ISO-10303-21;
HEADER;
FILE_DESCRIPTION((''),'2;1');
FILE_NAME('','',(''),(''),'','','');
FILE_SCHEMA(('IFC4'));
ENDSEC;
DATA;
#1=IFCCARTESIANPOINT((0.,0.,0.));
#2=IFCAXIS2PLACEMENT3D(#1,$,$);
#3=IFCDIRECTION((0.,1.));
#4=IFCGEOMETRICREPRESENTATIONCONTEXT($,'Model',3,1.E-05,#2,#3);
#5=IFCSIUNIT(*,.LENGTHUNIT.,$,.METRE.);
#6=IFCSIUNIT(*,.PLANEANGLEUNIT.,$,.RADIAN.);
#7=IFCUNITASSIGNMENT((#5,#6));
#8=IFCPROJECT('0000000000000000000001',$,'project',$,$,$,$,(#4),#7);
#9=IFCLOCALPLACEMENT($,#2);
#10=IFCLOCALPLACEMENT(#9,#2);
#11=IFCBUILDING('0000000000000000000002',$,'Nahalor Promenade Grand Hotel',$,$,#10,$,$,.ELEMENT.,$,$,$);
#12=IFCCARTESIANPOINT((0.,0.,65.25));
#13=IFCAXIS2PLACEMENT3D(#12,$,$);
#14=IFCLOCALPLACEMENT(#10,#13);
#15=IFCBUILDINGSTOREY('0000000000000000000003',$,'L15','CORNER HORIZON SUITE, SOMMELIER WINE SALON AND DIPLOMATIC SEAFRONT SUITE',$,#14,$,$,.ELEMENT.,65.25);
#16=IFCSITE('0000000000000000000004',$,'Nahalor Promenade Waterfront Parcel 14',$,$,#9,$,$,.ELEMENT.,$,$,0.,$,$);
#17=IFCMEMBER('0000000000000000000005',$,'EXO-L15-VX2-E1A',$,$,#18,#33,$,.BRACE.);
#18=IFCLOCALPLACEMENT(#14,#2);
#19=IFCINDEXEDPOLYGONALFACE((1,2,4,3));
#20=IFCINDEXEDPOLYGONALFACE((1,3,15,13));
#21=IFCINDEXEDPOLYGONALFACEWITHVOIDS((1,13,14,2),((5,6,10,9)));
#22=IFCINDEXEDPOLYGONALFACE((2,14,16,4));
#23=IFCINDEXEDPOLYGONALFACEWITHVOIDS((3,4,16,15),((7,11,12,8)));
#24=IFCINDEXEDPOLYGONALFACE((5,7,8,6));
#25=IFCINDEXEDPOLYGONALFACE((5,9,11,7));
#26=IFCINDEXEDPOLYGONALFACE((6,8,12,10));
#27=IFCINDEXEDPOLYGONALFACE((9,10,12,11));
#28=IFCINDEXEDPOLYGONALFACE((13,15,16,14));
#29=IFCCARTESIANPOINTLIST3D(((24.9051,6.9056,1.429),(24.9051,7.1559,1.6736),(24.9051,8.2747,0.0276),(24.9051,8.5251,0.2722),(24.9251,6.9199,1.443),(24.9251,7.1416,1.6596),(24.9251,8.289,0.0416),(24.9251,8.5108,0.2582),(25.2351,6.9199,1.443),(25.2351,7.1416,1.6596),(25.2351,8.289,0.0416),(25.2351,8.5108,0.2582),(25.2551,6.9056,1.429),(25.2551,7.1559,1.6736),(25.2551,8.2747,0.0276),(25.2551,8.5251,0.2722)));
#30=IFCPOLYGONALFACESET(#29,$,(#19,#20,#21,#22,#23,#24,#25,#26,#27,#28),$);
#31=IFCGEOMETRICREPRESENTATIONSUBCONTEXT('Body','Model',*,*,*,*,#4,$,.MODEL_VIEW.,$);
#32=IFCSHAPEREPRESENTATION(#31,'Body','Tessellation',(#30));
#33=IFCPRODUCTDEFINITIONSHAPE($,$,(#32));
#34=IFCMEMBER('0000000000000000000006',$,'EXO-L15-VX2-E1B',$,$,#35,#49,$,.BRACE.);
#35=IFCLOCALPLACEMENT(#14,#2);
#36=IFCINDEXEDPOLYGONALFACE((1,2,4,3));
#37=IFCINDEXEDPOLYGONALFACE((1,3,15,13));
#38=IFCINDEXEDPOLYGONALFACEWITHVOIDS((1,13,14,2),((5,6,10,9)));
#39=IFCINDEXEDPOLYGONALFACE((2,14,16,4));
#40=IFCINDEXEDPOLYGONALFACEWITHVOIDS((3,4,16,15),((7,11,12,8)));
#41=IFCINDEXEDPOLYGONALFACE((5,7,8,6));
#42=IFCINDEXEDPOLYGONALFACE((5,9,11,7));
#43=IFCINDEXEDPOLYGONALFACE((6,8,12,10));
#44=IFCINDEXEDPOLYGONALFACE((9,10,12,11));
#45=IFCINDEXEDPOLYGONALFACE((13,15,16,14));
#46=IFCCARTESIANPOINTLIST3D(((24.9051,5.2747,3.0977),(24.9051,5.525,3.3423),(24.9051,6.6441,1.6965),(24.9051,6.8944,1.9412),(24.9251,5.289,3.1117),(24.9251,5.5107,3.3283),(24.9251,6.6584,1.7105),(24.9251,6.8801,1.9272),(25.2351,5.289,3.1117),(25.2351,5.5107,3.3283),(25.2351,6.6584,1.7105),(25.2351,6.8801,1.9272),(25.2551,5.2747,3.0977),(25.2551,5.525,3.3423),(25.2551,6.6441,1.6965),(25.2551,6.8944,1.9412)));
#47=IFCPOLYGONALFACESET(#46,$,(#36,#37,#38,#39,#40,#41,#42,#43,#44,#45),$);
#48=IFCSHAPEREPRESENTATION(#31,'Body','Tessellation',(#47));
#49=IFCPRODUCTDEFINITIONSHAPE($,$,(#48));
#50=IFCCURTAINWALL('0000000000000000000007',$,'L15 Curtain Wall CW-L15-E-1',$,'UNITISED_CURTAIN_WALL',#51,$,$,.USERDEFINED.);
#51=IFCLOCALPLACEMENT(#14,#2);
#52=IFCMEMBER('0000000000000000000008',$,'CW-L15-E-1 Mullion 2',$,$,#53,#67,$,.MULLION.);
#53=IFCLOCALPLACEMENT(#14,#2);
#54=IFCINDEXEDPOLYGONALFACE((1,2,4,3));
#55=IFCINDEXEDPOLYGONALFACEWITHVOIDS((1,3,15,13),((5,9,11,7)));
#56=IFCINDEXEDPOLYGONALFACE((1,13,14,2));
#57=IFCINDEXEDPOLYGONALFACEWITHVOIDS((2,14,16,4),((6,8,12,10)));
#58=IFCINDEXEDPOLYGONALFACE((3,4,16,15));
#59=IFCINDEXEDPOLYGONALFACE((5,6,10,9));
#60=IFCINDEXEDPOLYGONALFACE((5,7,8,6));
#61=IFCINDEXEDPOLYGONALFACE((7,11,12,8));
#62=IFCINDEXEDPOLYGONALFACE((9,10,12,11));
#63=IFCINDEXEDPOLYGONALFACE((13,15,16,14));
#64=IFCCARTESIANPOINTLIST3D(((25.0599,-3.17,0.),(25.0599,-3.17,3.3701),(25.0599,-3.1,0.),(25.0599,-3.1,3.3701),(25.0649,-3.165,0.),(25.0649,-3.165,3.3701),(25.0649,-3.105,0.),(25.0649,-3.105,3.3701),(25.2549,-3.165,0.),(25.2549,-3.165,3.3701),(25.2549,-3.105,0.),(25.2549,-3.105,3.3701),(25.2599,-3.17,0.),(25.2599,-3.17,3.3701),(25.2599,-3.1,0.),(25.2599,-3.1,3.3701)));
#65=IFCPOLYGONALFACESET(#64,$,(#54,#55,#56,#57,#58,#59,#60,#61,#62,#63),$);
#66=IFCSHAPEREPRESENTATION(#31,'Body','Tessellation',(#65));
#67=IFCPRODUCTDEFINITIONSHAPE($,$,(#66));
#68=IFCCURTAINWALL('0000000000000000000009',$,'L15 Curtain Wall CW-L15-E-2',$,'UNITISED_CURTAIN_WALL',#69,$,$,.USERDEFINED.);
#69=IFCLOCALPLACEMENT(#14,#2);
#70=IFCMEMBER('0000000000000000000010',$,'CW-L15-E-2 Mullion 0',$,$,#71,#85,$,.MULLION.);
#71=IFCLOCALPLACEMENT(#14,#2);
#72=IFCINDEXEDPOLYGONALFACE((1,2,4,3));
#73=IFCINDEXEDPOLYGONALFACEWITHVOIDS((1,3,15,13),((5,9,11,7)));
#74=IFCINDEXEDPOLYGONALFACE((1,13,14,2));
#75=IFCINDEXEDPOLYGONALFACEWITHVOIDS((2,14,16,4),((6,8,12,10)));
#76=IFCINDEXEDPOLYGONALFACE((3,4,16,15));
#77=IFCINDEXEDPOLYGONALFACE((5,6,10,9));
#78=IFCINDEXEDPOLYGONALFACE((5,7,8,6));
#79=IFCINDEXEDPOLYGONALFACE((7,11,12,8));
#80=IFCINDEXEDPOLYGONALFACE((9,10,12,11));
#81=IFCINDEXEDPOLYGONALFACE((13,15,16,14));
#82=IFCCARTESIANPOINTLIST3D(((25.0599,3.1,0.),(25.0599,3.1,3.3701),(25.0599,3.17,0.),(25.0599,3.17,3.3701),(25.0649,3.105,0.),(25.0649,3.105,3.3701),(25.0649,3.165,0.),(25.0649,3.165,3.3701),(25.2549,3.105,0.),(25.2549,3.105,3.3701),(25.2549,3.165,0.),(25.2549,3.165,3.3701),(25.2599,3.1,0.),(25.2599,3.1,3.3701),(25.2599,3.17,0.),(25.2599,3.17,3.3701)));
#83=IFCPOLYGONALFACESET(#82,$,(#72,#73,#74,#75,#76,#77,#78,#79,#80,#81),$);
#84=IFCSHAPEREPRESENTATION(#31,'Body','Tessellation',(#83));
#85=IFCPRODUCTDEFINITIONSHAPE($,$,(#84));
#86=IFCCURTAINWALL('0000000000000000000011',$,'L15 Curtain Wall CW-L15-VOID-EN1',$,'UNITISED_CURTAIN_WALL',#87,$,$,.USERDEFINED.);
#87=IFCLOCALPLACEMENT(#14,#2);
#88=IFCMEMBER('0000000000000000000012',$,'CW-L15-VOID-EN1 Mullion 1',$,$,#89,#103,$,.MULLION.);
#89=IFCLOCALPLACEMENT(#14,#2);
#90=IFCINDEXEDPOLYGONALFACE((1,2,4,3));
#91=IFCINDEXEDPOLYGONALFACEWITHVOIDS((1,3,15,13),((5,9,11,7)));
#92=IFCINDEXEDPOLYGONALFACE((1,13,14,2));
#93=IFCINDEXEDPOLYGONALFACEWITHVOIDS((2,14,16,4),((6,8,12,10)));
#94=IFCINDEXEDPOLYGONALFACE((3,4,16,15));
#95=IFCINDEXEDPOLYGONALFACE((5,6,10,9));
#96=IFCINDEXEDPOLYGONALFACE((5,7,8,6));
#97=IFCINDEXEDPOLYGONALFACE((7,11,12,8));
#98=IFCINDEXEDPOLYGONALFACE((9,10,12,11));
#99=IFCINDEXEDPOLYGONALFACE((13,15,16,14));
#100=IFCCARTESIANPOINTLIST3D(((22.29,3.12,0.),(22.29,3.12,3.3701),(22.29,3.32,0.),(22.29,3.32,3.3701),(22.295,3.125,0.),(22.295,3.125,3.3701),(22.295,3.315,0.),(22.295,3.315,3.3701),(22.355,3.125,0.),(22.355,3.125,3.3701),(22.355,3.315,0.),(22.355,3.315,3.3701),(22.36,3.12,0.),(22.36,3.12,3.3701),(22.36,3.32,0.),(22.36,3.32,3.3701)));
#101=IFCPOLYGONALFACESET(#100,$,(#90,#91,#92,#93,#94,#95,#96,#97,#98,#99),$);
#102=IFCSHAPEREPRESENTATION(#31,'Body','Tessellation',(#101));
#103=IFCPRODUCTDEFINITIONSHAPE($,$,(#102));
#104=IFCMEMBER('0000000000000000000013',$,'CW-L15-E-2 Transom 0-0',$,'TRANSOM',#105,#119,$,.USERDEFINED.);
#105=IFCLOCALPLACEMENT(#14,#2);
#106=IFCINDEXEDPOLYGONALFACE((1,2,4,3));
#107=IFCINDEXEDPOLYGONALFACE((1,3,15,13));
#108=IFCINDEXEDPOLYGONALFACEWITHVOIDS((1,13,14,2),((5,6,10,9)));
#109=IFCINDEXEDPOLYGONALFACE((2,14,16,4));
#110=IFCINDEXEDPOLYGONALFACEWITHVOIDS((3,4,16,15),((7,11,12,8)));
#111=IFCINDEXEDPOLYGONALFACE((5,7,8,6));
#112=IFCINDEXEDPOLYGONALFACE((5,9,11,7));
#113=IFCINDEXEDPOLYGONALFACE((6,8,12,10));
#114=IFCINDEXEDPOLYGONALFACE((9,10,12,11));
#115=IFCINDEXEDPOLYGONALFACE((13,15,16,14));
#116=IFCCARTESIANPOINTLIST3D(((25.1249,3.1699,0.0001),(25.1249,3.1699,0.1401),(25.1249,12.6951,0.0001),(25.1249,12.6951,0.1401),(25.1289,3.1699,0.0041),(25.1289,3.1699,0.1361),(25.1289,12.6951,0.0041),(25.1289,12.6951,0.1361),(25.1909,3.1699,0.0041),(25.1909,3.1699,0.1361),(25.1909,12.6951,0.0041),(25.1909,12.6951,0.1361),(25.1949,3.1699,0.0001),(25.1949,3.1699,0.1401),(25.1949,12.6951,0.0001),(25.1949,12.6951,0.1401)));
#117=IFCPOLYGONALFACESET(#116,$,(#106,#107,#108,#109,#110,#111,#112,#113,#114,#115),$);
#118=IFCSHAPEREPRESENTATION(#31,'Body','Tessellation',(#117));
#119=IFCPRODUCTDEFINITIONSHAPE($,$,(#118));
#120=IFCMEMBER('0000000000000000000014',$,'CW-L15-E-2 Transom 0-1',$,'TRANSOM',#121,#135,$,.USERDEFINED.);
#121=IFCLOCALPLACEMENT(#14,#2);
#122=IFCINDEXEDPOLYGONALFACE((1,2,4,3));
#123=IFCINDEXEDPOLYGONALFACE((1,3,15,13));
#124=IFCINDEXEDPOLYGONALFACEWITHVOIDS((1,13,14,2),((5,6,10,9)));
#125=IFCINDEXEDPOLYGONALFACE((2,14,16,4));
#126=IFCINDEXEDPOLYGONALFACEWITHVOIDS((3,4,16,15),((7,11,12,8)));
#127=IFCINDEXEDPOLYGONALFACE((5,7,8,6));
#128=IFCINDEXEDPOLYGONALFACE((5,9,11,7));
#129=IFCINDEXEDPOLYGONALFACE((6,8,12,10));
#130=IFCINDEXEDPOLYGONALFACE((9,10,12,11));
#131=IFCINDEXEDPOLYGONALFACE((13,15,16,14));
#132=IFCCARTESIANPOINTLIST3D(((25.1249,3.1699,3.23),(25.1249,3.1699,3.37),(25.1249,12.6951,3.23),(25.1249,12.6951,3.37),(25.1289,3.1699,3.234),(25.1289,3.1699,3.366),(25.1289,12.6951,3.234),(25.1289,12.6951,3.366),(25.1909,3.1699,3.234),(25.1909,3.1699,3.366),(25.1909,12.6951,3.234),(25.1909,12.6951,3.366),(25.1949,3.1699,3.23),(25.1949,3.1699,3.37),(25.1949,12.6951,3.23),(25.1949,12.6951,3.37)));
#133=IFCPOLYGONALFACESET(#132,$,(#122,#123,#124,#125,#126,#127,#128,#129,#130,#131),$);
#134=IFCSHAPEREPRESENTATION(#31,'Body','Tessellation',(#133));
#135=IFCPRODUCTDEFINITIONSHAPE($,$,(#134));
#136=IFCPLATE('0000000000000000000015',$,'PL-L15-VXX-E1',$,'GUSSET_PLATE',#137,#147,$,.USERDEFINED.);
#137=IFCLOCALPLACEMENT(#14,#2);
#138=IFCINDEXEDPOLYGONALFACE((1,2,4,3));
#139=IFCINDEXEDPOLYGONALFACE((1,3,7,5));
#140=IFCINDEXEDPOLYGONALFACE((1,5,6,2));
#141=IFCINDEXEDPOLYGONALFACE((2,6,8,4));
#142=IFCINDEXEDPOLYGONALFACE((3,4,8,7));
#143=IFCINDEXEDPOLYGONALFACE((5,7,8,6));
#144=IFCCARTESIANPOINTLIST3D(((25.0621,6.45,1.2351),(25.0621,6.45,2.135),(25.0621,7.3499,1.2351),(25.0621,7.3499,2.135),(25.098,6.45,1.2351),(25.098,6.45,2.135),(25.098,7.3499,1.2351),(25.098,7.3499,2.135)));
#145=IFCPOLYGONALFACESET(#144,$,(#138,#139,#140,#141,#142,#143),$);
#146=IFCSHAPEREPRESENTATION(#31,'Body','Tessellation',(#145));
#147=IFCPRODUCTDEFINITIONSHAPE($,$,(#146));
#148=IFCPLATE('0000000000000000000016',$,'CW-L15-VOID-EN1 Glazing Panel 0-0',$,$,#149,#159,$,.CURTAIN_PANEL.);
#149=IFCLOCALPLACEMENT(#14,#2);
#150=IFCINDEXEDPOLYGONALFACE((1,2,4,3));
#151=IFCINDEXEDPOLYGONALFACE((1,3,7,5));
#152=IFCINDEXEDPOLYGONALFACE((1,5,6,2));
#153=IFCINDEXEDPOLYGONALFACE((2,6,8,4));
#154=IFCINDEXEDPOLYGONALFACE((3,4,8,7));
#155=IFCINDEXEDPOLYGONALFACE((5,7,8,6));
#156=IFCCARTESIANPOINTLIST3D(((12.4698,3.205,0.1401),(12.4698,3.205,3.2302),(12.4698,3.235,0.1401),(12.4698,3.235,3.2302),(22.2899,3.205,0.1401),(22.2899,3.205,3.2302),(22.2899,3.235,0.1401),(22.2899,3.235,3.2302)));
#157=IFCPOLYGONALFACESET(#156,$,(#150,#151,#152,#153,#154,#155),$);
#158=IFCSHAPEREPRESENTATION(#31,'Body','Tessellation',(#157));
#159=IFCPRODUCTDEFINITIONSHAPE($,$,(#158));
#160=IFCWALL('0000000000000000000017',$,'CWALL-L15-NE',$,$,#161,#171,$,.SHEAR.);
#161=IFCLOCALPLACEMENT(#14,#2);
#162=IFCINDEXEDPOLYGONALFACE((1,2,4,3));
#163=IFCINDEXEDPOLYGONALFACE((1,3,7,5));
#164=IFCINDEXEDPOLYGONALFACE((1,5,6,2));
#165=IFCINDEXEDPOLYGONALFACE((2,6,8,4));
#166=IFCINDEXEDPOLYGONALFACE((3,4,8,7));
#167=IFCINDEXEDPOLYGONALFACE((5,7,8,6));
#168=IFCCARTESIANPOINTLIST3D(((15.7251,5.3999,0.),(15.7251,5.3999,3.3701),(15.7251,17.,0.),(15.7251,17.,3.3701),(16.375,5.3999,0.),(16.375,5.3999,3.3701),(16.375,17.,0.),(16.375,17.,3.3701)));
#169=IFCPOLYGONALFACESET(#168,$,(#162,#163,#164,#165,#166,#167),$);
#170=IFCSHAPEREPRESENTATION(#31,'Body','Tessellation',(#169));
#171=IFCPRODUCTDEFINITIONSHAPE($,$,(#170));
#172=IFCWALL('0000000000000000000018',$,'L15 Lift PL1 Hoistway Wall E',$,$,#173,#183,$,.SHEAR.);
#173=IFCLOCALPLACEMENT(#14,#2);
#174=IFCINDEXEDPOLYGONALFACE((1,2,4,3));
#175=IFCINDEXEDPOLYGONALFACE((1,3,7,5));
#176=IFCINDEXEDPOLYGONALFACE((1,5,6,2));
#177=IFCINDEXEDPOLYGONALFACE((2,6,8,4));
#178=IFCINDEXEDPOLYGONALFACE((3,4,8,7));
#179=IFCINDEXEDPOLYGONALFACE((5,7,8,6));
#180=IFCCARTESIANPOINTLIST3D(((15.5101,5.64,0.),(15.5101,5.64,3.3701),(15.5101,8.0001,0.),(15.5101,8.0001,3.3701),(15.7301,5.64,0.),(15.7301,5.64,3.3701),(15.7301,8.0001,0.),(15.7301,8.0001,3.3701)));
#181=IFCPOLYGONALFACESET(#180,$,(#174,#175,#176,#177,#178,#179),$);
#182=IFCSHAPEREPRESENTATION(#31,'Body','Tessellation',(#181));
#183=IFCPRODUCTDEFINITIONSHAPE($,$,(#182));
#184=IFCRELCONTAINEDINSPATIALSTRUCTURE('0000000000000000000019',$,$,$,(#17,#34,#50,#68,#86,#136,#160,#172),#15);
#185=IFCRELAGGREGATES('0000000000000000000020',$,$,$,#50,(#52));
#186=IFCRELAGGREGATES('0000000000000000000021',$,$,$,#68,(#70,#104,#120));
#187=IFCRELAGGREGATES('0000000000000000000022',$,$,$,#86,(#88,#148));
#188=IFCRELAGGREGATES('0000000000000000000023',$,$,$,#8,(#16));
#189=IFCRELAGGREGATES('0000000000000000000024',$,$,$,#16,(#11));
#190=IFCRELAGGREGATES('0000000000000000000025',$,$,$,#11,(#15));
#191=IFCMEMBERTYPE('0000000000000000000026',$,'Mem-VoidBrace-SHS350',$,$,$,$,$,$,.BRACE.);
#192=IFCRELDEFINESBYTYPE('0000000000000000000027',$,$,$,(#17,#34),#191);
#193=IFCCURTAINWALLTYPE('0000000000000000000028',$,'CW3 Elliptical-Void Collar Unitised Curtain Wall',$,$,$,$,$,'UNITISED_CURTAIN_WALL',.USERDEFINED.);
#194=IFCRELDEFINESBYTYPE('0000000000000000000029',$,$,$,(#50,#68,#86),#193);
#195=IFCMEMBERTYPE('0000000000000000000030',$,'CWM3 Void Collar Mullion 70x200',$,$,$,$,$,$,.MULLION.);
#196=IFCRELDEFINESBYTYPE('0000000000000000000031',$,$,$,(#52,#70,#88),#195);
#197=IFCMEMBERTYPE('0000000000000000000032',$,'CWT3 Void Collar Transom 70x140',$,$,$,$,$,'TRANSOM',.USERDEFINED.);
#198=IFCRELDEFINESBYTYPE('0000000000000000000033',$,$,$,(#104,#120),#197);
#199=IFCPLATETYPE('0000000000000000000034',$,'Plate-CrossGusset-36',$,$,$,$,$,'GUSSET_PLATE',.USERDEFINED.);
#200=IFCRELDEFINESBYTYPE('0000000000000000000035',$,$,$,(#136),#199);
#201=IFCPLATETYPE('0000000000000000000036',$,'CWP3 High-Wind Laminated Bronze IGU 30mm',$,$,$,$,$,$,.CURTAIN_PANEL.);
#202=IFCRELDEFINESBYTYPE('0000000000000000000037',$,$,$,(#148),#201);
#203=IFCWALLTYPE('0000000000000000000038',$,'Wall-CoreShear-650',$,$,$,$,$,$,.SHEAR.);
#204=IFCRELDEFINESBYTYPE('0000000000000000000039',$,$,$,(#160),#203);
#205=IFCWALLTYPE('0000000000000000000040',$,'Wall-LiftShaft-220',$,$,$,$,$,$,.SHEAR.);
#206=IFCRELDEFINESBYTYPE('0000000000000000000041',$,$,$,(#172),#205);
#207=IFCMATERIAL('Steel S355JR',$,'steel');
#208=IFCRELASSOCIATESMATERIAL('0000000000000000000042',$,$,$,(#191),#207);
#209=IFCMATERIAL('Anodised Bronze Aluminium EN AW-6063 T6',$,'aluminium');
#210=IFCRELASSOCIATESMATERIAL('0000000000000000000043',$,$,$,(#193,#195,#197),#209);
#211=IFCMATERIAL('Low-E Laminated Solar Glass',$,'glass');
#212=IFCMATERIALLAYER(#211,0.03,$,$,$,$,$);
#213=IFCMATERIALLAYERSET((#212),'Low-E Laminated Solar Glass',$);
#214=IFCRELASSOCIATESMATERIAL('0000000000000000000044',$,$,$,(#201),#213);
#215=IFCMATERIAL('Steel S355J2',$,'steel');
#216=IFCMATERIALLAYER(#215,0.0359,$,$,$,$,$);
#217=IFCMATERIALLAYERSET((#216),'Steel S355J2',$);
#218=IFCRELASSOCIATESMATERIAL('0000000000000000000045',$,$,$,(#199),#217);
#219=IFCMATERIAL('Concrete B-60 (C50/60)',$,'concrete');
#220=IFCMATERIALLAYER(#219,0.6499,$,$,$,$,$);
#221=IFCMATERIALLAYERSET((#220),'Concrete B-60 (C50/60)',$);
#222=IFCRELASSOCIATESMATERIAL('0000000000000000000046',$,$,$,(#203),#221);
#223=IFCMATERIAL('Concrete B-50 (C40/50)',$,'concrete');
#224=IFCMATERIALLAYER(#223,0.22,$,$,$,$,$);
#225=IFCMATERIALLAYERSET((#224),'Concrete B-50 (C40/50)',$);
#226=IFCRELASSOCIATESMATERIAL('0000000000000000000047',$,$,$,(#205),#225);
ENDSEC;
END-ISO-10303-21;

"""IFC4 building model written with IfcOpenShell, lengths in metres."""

from ifc_helpers import new_model, si_unit, direction, frame, frame_2d, origin, origin_2d, place, context, subcontext, project, spatial, rectangle, hollow_rectangle, extrude, source, transform, mapped, material, layer, layer_set, material_profile, profile_set, type_object, element, aggregate, save


model = new_model("IFC4")

# Units and contexts
model_context = context("Model", 3, precision=1e-05, world=origin(), true_north=direction((0.0, 1.0)))
body_context = subcontext(model_context, "Body", "Model", "MODEL_VIEW")
ifc_project = project(units=[si_unit("LENGTHUNIT", "METRE"), si_unit("PLANEANGLEUNIT", "RADIAN")], contexts=[model_context])

# Site, building, storey
site_placement = place(None, origin())
site = spatial("IfcSite", under=ifc_project, at=site_placement, Name="Nahalor Promenade Waterfront Parcel 14", CompositionType="ELEMENT", RefElevation=0.0)
building_placement = place(site_placement, origin())
building = spatial("IfcBuilding", under=site, at=building_placement, Name="Nahalor Promenade Grand Hotel", CompositionType="ELEMENT")
storey_placement = place(building_placement, frame((0.0, 0.0, 65.25)))
storey = spatial("IfcBuildingStorey", under=building, at=storey_placement, Name="L15", Description="CORNER HORIZON SUITE, SOMMELIER WINE SALON AND DIPLOMATIC SEAFRONT SUITE", CompositionType="ELEMENT", Elevation=65.25)

# Shared definitions
ifc_material_1 = material(Name="Steel S355J2", Category="steel")

# Shared definitions
ifc_material_2 = material(Name="Steel S355JR", Category="steel")

# Members
ifc_material_profile_1 = material_profile(ifc_material_2, hollow_rectangle(XDim=0.35, YDim=0.35, WallThickness=0.02, at=origin_2d()), Name="SHS 350x350x20")
ifc_profile_set_1 = profile_set([ifc_material_profile_1], Name="Steel S355JR")
member_type_1 = type_object("IfcMemberType", Name="Mem-VoidBrace-SHS350", PredefinedType="BRACE", material=ifc_profile_set_1)
shared_shape_1 = source(origin(), body_context, "Body", "SweptSolid", [
    extrude(hollow_rectangle(XDim=0.35, YDim=0.35, WallThickness=0.02, at=origin_2d()), origin(), (0.0, 0.0, 1.0), 1.9592),
])
for number, where, z_axis, x_axis, name in (
    (1, (25.0801, 8.3999, 0.1499), (0.0, -0.698834, 0.715283), (1.0, 0.0, 0.0), "EXO-L15-VX2-E1A"),
    (2, (25.0801, 6.7693, 1.8188), (0.0, -0.69896, 0.71516), (1.0, 0.0, 0.0), "EXO-L15-VX2-E1B"),
):
    element("IfcMember", number, at=place(storey_placement, frame(where, z_axis=z_axis, x_axis=x_axis)), inside=storey, type_object=member_type_1, Name=name, PredefinedType="BRACE", context=body_context, shape_type="MappedRepresentation", body=[
        mapped(shared_shape_1, transform((0.0, 0.0, 0.0), scale=1.0)),
    ])

# Curtain walls, members
ifc_material_3 = material(Name="Anodised Bronze Aluminium EN AW-6063 T6", Category="aluminium")
curtain_wall_type = type_object("IfcCurtainWallType", Name="CW3 Elliptical-Void Collar Unitised Curtain Wall", ElementType="UNITISED_CURTAIN_WALL", PredefinedType="USERDEFINED", material=ifc_material_3)
curtain_wall_1_placement = place(storey_placement, origin())
curtain_wall_1 = element("IfcCurtainWall", 3, at=curtain_wall_1_placement, inside=storey, type_object=curtain_wall_type, Name="L15 Curtain Wall CW-L15-E-1", ObjectType="UNITISED_CURTAIN_WALL", PredefinedType="USERDEFINED")
ifc_material_profile_2 = material_profile(ifc_material_3, hollow_rectangle(XDim=0.07, YDim=0.2, WallThickness=0.005, at=origin_2d()), Name="CWM 70x200x5")
ifc_profile_set_2 = profile_set([ifc_material_profile_2], Name="Anodised Bronze Aluminium EN AW-6063 T6")
member_type_2 = type_object("IfcMemberType", Name="CWM3 Void Collar Mullion 70x200", PredefinedType="MULLION", material=ifc_profile_set_2)
shared_shape_2 = source(origin(), body_context, "Body", "SweptSolid", [
    extrude(hollow_rectangle(XDim=0.07, YDim=0.2, WallThickness=0.005, at=origin_2d()), origin(), (0.0, 0.0, 1.0), 3.3701),
])
member_1_placement = place(storey_placement, frame((25.1599, -3.135, 0.0), z_axis=(0.0, 0.0, 1.0), x_axis=(0.0, 1.0, 0.0)))
member_1 = element("IfcMember", 4, at=member_1_placement, type_object=member_type_2, Name="CW-L15-E-1 Mullion 2", PredefinedType="MULLION", context=body_context, shape_type="MappedRepresentation", body=[
    mapped(shared_shape_2, transform((0.0, 0.0, 0.0), scale=1.0)),
])
aggregate(curtain_wall_1, [member_1])
curtain_wall_2_placement = place(storey_placement, origin())
curtain_wall_2 = element("IfcCurtainWall", 5, at=curtain_wall_2_placement, inside=storey, type_object=curtain_wall_type, Name="L15 Curtain Wall CW-L15-E-2", ObjectType="UNITISED_CURTAIN_WALL", PredefinedType="USERDEFINED")
member_2_placement = place(storey_placement, frame((25.1599, 3.135, 0.0), z_axis=(0.0, 0.0, 1.0), x_axis=(0.0, 1.0, 0.0)))
member_2 = element("IfcMember", 6, at=member_2_placement, type_object=member_type_2, Name="CW-L15-E-2 Mullion 0", PredefinedType="MULLION", context=body_context, shape_type="MappedRepresentation", body=[
    mapped(shared_shape_2, transform((0.0, 0.0, 0.0), scale=1.0)),
])
curtain_wall_3_placement = place(storey_placement, origin())
curtain_wall_3 = element("IfcCurtainWall", 7, at=curtain_wall_3_placement, inside=storey, type_object=curtain_wall_type, Name="L15 Curtain Wall CW-L15-VOID-EN1", ObjectType="UNITISED_CURTAIN_WALL", PredefinedType="USERDEFINED")
member_3_placement = place(storey_placement, frame((22.325, 3.22, 0.0), z_axis=(0.0, 0.0, 1.0), x_axis=(1.0, 0.0, 0.0)))
member_3 = element("IfcMember", 8, at=member_3_placement, type_object=member_type_2, Name="CW-L15-VOID-EN1 Mullion 1", PredefinedType="MULLION", context=body_context, shape_type="MappedRepresentation", body=[
    mapped(shared_shape_2, transform((0.0, 0.0, 0.0), scale=1.0)),
])

# Members
ifc_material_profile_3 = material_profile(ifc_material_3, hollow_rectangle(XDim=0.07, YDim=0.14, WallThickness=0.004, at=origin_2d()), Name="CWT 70x140x4")
ifc_profile_set_3 = profile_set([ifc_material_profile_3], Name="Anodised Bronze Aluminium EN AW-6063 T6")
member_type_3 = type_object("IfcMemberType", Name="CWT3 Void Collar Transom 70x140", ElementType="TRANSOM", PredefinedType="USERDEFINED", material=ifc_profile_set_3)
shared_shape_3 = source(origin(), body_context, "Body", "SweptSolid", [
    extrude(hollow_rectangle(XDim=0.07, YDim=0.14, WallThickness=0.004, at=origin_2d()), origin(), (0.0, 0.0, 1.0), 9.5251),
])
member_4_placement = place(storey_placement, frame((25.1599, 3.1699, 0.0701), z_axis=(0.0, 1.0, 0.0), x_axis=(-1.0, 0.0, 0.0)))
member_4 = element("IfcMember", 9, at=member_4_placement, type_object=member_type_3, Name="CW-L15-E-2 Transom 0-0", ObjectType="TRANSOM", PredefinedType="USERDEFINED", context=body_context, shape_type="MappedRepresentation", body=[
    mapped(shared_shape_3, transform((0.0, 0.0, 0.0), scale=1.0)),
])
member_5_placement = place(storey_placement, frame((25.1599, 3.1699, 3.3), z_axis=(0.0, 1.0, 0.0), x_axis=(-1.0, 0.0, 0.0)))
member_5 = element("IfcMember", 10, at=member_5_placement, type_object=member_type_3, Name="CW-L15-E-2 Transom 0-1", ObjectType="TRANSOM", PredefinedType="USERDEFINED", context=body_context, shape_type="MappedRepresentation", body=[
    mapped(shared_shape_3, transform((0.0, 0.0, 0.0), scale=1.0)),
])

# Plates
ifc_material_4 = material(Name="Low-E Laminated Solar Glass", Category="glass")
ifc_layer_1 = layer(ifc_material_4, 0.03)
ifc_layer_set_1 = layer_set([ifc_layer_1], Name="Low-E Laminated Solar Glass")
plate_type_1 = type_object("IfcPlateType", Name="CWP3 High-Wind Laminated Bronze IGU 30mm", PredefinedType="CURTAIN_PANEL", material=ifc_layer_set_1)
aggregate(curtain_wall_2, [member_2, member_4, member_5])
ifc_layer_2 = layer(ifc_material_1, 0.0359)
ifc_layer_set_2 = layer_set([ifc_layer_2], Name="Steel S355J2")
plate_type_2 = type_object("IfcPlateType", Name="Plate-CrossGusset-36", ElementType="GUSSET_PLATE", PredefinedType="USERDEFINED", material=ifc_layer_set_2)
shared_shape_4 = source(origin(), body_context, "Body", "SweptSolid", [
    extrude(rectangle(XDim=0.8999, YDim=0.0359, at=origin_2d()), origin(), (0.0, 0.0, 1.0), 0.8999),
])
plate_1_placement = place(storey_placement, frame((25.0801, 6.8999, 1.2351), z_axis=(0.0, 0.0, 1.0), x_axis=(0.0, 1.0, 0.0)))
element("IfcPlate", 11, at=plate_1_placement, inside=storey, type_object=plate_type_2, Name="PL-L15-VXX-E1", ObjectType="GUSSET_PLATE", PredefinedType="USERDEFINED", context=body_context, shape_type="MappedRepresentation", body=[
    mapped(shared_shape_4, transform((0.0, 0.0, 0.0), scale=1.0)),
])
shared_shape_5 = source(origin(), body_context, "Body", "SweptSolid", [
    extrude(rectangle(XDim=9.8201, YDim=0.03, at=origin_2d()), origin(), (0.0, 0.0, 1.0), 3.0901),
])
plate_2_placement = place(storey_placement, frame((17.3799, 3.22, 0.1401), z_axis=(0.0, 0.0, 1.0), x_axis=(1.0, 0.0, 0.0)))
plate_2 = element("IfcPlate", 12, at=plate_2_placement, type_object=plate_type_1, Name="CW-L15-VOID-EN1 Glazing Panel 0-0", PredefinedType="CURTAIN_PANEL", context=body_context, shape_type="MappedRepresentation", body=[
    mapped(shared_shape_5, transform((0.0, 0.0, 0.0), scale=1.0)),
])
aggregate(curtain_wall_3, [member_3, plate_2])

# Walls
ifc_material_5 = material(Name="Concrete B-60 (C50/60)", Category="concrete")
ifc_layer_3 = layer(ifc_material_5, 0.6499)
ifc_layer_set_3 = layer_set([ifc_layer_3], Name="Concrete B-60 (C50/60)")
wall_type_1 = type_object("IfcWallType", Name="Wall-CoreShear-650", PredefinedType="SHEAR", material=ifc_layer_set_3)
shared_shape_6 = source(origin(), body_context, "Body", "SweptSolid", [
    extrude(rectangle(XDim=11.6001, YDim=0.6499, at=frame_2d((5.8, 0.0))), origin(), (0.0, 0.0, 1.0), 3.3701),
])
wall_1_placement = place(storey_placement, frame((16.05, 5.3999, 0.0), z_axis=(0.0, 0.0, 1.0), x_axis=(0.0, 1.0, 0.0)))
element("IfcWall", 13, at=wall_1_placement, inside=storey, type_object=wall_type_1, Name="CWALL-L15-NE", PredefinedType="SHEAR", context=body_context, shape_type="MappedRepresentation", body=[
    mapped(shared_shape_6, transform((0.0, 0.0, 0.0), scale=1.0)),
])
ifc_material_6 = material(Name="Concrete B-50 (C40/50)", Category="concrete")
ifc_layer_4 = layer(ifc_material_6, 0.22)
ifc_layer_set_4 = layer_set([ifc_layer_4], Name="Concrete B-50 (C40/50)")
wall_type_2 = type_object("IfcWallType", Name="Wall-LiftShaft-220", PredefinedType="SHEAR", material=ifc_layer_set_4)
shared_shape_7 = source(origin(), body_context, "Body", "SweptSolid", [
    extrude(rectangle(XDim=2.3601, YDim=0.22, at=frame_2d((1.1802, 0.0))), origin(), (0.0, 0.0, 1.0), 3.3701),
])
wall_2_placement = place(storey_placement, frame((15.6201, 5.6399, 0.0), z_axis=(0.0, 0.0, 1.0), x_axis=(0.0, 1.0, 0.0)))
element("IfcWall", 14, at=wall_2_placement, inside=storey, type_object=wall_type_2, Name="L15 Lift PL1 Hoistway Wall E", PredefinedType="SHEAR", context=body_context, shape_type="MappedRepresentation", body=[
    mapped(shared_shape_7, transform((0.0, 0.0, 0.0), scale=1.0)),
])

save(model, "model.ifc")
